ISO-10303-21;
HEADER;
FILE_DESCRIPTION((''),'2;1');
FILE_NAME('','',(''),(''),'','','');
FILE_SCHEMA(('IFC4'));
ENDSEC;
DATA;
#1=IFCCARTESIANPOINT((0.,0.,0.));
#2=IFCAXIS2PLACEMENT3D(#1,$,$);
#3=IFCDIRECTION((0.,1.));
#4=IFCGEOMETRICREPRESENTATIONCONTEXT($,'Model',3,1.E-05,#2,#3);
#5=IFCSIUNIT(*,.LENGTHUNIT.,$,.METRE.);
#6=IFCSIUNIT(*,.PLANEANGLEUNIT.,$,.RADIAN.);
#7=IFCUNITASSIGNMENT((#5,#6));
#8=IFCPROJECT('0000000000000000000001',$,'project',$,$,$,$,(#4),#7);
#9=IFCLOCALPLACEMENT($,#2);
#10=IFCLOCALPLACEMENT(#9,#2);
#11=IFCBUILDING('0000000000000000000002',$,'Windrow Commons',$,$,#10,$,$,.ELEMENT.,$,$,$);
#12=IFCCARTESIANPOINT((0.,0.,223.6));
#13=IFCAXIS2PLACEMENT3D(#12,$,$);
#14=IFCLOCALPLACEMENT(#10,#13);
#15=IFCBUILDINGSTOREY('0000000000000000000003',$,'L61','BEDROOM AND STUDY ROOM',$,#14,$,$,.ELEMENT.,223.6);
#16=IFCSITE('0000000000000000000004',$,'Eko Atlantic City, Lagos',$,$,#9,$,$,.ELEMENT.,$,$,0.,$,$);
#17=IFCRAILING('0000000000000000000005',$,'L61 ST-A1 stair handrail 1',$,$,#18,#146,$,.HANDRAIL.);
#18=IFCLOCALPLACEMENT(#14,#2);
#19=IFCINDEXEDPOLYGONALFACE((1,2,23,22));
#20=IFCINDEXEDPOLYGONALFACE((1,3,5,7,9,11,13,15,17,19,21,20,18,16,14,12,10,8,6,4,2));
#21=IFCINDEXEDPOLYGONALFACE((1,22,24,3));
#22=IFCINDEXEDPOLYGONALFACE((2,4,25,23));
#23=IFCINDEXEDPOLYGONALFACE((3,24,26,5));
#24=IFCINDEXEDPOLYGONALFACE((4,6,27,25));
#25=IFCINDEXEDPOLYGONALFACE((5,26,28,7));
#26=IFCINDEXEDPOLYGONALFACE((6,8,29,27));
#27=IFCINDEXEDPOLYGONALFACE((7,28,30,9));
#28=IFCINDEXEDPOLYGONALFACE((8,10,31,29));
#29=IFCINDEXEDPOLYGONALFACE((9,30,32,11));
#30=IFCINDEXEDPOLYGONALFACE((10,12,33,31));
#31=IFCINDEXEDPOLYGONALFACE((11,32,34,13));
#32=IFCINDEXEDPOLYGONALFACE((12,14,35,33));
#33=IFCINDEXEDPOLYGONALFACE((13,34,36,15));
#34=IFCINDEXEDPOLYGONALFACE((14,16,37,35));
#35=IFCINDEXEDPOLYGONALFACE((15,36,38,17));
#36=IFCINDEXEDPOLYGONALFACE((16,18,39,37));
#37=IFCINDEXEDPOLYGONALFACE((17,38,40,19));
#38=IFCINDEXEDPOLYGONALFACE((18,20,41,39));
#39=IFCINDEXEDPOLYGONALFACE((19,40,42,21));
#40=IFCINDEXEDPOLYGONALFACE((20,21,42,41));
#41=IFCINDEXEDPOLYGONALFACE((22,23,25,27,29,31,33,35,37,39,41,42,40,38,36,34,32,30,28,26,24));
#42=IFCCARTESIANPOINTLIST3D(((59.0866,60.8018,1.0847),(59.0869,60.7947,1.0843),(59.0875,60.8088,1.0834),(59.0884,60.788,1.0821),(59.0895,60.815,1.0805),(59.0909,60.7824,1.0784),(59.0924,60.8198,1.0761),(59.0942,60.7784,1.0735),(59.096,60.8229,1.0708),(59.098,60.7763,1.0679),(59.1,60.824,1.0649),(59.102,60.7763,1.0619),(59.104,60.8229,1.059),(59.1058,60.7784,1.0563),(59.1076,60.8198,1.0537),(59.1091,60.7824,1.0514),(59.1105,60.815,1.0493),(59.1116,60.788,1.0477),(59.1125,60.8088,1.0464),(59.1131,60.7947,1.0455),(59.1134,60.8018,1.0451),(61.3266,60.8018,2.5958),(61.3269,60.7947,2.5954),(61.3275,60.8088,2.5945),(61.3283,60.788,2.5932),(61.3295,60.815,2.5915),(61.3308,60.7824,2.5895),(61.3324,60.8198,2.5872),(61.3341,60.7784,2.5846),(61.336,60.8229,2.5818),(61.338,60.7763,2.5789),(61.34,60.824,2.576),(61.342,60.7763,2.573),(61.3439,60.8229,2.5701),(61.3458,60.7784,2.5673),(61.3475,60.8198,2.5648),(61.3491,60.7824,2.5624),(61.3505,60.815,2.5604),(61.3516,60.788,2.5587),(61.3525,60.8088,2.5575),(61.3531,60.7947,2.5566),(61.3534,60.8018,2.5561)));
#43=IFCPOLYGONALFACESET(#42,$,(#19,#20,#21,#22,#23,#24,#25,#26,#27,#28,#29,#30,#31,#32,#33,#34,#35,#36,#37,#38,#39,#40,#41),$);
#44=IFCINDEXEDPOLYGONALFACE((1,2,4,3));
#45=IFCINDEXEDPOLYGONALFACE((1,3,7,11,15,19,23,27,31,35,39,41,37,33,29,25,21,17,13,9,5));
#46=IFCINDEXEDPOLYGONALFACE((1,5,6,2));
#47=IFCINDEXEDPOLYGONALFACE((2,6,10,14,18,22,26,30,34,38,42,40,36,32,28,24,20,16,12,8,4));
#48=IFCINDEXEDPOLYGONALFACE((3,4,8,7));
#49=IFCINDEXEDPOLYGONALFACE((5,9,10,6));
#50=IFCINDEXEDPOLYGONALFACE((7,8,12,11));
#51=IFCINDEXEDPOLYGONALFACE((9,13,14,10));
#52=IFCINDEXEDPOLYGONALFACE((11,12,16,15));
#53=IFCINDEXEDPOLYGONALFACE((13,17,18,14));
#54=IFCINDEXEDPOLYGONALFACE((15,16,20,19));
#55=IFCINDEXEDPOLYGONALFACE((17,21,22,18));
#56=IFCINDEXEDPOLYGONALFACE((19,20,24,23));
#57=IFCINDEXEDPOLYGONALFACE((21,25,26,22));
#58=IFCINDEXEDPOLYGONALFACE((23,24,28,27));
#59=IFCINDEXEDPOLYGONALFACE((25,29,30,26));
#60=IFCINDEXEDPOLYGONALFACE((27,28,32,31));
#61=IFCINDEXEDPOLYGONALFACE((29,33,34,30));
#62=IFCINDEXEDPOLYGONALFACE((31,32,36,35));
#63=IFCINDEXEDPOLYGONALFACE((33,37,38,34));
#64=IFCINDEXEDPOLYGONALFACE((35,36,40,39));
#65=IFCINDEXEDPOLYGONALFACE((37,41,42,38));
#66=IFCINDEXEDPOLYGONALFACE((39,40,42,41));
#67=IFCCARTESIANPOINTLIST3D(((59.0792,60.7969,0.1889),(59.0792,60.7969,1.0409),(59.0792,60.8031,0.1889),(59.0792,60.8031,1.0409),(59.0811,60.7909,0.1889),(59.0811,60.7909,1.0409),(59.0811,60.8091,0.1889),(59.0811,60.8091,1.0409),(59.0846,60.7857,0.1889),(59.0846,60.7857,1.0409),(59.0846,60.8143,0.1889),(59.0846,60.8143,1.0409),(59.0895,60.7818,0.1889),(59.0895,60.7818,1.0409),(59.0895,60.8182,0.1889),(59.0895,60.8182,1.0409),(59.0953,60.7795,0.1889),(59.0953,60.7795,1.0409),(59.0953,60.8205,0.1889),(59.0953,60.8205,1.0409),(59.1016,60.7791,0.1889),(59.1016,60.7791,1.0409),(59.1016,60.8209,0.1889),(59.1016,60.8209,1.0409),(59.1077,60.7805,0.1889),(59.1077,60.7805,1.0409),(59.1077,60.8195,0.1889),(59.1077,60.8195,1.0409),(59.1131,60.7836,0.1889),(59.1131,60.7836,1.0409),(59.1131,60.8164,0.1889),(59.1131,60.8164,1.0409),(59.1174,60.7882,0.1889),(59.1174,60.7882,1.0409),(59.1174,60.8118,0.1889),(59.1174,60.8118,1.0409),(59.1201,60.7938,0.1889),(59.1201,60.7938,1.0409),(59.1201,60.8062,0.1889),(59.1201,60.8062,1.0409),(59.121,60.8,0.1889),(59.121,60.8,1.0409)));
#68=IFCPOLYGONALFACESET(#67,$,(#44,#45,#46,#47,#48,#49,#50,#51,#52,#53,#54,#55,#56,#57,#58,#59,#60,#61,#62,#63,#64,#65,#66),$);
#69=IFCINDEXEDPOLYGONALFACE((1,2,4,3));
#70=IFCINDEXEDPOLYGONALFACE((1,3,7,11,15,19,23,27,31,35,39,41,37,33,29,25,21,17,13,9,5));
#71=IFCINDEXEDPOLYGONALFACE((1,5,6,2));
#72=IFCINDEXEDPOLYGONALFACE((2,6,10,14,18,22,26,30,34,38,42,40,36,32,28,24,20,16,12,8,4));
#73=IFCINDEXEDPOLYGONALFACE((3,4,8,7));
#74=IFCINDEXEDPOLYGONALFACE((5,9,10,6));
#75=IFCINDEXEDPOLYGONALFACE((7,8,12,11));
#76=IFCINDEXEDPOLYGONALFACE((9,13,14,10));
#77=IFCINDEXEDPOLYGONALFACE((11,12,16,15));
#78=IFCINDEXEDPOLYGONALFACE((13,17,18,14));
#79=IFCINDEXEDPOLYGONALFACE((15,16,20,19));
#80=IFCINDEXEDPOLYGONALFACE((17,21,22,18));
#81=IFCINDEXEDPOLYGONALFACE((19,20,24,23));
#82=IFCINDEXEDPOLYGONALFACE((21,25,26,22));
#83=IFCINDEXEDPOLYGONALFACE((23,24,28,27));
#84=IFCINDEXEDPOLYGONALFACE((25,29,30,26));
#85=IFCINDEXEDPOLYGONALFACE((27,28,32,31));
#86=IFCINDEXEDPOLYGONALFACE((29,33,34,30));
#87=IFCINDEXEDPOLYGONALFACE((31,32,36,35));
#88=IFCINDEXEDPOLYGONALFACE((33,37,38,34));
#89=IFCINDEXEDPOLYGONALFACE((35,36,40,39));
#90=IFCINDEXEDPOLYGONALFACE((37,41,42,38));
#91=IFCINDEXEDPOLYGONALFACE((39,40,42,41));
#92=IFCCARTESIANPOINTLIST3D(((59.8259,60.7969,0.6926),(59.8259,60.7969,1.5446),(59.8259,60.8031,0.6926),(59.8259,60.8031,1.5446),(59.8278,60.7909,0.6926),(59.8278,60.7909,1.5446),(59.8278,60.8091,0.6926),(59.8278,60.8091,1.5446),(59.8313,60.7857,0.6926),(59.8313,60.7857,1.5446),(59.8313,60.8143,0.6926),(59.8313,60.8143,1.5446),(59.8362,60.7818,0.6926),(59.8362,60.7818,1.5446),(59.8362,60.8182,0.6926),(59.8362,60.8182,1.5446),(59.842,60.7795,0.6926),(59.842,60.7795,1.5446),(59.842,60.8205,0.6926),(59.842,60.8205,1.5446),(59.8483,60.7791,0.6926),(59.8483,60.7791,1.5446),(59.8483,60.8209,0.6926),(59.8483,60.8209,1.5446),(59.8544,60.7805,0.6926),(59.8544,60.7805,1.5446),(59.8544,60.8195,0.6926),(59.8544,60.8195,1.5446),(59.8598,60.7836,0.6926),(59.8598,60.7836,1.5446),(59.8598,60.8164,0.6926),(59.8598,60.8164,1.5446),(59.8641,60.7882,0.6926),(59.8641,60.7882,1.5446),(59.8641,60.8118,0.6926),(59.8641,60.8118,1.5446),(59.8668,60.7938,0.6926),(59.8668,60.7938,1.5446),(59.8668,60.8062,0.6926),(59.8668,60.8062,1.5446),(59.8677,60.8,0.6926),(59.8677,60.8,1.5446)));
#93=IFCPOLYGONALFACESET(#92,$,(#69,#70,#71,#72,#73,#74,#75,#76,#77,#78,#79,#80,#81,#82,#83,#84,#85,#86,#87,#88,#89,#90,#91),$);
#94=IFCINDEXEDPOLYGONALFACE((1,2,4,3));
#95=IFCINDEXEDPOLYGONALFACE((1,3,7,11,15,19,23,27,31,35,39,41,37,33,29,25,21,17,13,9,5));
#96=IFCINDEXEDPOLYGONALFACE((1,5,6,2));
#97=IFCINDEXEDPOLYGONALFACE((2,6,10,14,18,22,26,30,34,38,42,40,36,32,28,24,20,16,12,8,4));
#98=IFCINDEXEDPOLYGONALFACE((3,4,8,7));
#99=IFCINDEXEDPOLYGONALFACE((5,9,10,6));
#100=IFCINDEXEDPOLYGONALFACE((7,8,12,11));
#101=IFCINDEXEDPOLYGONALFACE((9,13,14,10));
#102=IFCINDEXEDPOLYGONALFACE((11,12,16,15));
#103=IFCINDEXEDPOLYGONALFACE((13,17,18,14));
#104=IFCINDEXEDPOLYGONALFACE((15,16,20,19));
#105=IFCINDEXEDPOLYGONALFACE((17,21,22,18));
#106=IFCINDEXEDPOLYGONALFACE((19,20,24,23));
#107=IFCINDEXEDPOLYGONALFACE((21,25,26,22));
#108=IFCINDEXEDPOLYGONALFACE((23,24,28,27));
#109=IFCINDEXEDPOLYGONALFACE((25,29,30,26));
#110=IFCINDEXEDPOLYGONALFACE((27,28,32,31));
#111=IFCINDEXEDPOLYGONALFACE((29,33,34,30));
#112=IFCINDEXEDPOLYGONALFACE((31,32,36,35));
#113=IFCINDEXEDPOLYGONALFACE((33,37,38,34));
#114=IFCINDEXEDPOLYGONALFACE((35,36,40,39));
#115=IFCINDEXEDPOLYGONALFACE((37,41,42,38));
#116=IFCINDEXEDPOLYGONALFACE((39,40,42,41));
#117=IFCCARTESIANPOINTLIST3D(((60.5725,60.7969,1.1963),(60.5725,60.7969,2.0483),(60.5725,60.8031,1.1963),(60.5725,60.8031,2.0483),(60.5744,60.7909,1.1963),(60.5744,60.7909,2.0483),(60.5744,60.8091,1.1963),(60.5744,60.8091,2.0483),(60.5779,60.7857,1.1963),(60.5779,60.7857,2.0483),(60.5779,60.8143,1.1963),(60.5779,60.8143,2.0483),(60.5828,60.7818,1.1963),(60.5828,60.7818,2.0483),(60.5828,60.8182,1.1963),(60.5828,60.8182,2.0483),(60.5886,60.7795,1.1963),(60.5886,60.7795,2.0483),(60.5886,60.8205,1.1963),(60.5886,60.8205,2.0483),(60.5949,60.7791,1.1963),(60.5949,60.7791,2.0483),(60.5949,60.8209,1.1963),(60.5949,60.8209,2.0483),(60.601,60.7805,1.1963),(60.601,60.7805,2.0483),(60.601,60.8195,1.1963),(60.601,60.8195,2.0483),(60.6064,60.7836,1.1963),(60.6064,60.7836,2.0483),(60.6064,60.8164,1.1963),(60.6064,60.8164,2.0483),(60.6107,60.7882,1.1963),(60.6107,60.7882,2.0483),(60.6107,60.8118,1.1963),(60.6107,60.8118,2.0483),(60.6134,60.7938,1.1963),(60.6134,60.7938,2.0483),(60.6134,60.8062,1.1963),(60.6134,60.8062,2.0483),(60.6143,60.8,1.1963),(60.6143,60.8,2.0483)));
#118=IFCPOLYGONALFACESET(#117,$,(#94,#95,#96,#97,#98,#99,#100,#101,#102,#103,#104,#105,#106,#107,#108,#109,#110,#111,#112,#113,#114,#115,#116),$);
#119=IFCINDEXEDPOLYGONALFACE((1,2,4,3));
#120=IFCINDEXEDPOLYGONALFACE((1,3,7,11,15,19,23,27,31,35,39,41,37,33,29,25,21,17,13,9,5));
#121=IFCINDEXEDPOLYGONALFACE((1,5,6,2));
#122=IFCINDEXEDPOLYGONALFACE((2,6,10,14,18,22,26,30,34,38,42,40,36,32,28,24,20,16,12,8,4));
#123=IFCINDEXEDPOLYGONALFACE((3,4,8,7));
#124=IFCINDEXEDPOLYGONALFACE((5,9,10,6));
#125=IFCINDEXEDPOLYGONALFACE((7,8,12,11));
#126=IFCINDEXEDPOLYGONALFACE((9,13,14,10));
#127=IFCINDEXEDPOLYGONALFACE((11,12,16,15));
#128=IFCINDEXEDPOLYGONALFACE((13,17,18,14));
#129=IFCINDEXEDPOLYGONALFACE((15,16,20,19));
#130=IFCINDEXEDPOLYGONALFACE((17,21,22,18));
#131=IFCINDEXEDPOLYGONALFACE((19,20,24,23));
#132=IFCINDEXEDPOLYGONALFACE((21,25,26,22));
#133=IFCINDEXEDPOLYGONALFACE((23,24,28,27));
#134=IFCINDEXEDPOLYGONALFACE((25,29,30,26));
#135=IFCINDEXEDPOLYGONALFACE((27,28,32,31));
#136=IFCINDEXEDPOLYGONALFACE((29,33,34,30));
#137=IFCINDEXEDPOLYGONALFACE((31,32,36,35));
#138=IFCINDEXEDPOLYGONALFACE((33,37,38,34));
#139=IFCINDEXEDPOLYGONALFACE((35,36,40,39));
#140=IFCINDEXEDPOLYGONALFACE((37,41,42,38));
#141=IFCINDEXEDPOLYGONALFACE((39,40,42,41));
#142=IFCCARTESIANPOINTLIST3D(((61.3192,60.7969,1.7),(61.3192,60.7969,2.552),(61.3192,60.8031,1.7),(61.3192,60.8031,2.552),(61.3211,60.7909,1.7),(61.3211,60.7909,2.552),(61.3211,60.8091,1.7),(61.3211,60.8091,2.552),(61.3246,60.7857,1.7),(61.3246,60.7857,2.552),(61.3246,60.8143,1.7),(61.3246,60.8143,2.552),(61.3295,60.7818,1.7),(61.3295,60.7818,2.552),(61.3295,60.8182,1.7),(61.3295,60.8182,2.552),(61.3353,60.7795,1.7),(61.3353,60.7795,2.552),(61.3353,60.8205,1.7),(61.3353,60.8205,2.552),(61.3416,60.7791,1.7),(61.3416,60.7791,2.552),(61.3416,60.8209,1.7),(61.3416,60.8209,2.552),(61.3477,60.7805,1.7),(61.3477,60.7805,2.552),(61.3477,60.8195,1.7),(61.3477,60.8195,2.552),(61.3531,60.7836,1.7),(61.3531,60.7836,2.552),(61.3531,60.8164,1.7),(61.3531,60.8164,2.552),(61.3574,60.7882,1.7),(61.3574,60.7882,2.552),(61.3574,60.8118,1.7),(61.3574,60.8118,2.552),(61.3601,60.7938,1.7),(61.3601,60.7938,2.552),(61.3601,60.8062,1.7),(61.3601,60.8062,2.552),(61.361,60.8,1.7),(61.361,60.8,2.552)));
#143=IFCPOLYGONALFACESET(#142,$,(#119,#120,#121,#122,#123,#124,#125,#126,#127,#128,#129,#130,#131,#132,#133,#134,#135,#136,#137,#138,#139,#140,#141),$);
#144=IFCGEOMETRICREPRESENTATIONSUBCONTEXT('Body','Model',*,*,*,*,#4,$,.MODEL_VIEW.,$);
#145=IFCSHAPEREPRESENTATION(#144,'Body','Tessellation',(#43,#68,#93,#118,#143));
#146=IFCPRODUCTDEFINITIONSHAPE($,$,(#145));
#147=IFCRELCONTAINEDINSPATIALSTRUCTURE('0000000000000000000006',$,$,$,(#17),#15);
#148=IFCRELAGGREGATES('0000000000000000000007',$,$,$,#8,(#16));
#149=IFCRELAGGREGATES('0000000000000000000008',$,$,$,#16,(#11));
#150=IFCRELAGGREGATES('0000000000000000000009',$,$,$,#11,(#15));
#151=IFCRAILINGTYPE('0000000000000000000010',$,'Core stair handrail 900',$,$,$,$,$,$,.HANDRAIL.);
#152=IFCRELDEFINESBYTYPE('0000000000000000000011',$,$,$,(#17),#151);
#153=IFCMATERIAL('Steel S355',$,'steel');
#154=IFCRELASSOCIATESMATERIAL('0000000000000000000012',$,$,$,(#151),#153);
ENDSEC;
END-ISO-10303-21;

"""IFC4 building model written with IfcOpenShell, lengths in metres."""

from ifc_helpers import new_model, si_unit, direction, frame, origin, origin_2d, place, context, subcontext, project, spatial, circle, extrude, material, type_object, element, save


model = new_model("IFC4")

# Units and contexts
model_context = context("Model", 3, precision=1e-05, world=origin(), true_north=direction((0.0, 1.0)))
body_context = subcontext(model_context, "Body", "Model", "MODEL_VIEW")
ifc_project = project(units=[si_unit("LENGTHUNIT", "METRE"), si_unit("PLANEANGLEUNIT", "RADIAN")], contexts=[model_context])

# Site, building, storey
site_placement = place(None, origin())
site = spatial("IfcSite", under=ifc_project, at=site_placement, Name="Eko Atlantic City, Lagos", CompositionType="ELEMENT", RefElevation=0.0)
building_placement = place(site_placement, origin())
building = spatial("IfcBuilding", under=site, at=building_placement, Name="Windrow Commons", CompositionType="ELEMENT")
storey_placement = place(building_placement, frame((0.0, 0.0, 223.6)))
storey = spatial("IfcBuildingStorey", under=building, at=storey_placement, Name="L61", Description="BEDROOM AND STUDY ROOM", CompositionType="ELEMENT", Elevation=223.6)

# Railing
ifc_material_1 = material(Name="Steel S355", Category="steel")
railing_type_1 = type_object("IfcRailingType", Name="Core stair handrail 900", PredefinedType="HANDRAIL", material=ifc_material_1)
railing_1_placement = place(storey_placement, frame((59.1, 60.8, 0.1889)))
element("IfcRailing", 1, at=railing_1_placement, inside=storey, type_object=railing_type_1, Name="L61 ST-A1 stair handrail 1", PredefinedType="HANDRAIL", context=body_context, shape_type="SweptSolid", body=[
    extrude(circle(Radius=0.024, at=origin_2d()), frame((0.0, 0.0, 0.876), z_axis=(0.829003, 0.0, 0.559244), x_axis=(0.0, 1.0, 0.0)), (0.0, 0.0, 1.0), 2.702),
    extrude(circle(Radius=0.021, at=origin_2d()), origin(), (0.0, 0.0, 1.0), 0.852),
    extrude(circle(Radius=0.021, at=origin_2d()), frame((0.7467, 0.0, 0.5037)), (0.0, 0.0, 1.0), 0.852),
    extrude(circle(Radius=0.021, at=origin_2d()), frame((1.4933, 0.0, 1.0074)), (0.0, 0.0, 1.0), 0.852),
    extrude(circle(Radius=0.021, at=origin_2d()), frame((2.24, 0.0, 1.5111)), (0.0, 0.0, 1.0), 0.852),
])

save(model, "model.ifc")
